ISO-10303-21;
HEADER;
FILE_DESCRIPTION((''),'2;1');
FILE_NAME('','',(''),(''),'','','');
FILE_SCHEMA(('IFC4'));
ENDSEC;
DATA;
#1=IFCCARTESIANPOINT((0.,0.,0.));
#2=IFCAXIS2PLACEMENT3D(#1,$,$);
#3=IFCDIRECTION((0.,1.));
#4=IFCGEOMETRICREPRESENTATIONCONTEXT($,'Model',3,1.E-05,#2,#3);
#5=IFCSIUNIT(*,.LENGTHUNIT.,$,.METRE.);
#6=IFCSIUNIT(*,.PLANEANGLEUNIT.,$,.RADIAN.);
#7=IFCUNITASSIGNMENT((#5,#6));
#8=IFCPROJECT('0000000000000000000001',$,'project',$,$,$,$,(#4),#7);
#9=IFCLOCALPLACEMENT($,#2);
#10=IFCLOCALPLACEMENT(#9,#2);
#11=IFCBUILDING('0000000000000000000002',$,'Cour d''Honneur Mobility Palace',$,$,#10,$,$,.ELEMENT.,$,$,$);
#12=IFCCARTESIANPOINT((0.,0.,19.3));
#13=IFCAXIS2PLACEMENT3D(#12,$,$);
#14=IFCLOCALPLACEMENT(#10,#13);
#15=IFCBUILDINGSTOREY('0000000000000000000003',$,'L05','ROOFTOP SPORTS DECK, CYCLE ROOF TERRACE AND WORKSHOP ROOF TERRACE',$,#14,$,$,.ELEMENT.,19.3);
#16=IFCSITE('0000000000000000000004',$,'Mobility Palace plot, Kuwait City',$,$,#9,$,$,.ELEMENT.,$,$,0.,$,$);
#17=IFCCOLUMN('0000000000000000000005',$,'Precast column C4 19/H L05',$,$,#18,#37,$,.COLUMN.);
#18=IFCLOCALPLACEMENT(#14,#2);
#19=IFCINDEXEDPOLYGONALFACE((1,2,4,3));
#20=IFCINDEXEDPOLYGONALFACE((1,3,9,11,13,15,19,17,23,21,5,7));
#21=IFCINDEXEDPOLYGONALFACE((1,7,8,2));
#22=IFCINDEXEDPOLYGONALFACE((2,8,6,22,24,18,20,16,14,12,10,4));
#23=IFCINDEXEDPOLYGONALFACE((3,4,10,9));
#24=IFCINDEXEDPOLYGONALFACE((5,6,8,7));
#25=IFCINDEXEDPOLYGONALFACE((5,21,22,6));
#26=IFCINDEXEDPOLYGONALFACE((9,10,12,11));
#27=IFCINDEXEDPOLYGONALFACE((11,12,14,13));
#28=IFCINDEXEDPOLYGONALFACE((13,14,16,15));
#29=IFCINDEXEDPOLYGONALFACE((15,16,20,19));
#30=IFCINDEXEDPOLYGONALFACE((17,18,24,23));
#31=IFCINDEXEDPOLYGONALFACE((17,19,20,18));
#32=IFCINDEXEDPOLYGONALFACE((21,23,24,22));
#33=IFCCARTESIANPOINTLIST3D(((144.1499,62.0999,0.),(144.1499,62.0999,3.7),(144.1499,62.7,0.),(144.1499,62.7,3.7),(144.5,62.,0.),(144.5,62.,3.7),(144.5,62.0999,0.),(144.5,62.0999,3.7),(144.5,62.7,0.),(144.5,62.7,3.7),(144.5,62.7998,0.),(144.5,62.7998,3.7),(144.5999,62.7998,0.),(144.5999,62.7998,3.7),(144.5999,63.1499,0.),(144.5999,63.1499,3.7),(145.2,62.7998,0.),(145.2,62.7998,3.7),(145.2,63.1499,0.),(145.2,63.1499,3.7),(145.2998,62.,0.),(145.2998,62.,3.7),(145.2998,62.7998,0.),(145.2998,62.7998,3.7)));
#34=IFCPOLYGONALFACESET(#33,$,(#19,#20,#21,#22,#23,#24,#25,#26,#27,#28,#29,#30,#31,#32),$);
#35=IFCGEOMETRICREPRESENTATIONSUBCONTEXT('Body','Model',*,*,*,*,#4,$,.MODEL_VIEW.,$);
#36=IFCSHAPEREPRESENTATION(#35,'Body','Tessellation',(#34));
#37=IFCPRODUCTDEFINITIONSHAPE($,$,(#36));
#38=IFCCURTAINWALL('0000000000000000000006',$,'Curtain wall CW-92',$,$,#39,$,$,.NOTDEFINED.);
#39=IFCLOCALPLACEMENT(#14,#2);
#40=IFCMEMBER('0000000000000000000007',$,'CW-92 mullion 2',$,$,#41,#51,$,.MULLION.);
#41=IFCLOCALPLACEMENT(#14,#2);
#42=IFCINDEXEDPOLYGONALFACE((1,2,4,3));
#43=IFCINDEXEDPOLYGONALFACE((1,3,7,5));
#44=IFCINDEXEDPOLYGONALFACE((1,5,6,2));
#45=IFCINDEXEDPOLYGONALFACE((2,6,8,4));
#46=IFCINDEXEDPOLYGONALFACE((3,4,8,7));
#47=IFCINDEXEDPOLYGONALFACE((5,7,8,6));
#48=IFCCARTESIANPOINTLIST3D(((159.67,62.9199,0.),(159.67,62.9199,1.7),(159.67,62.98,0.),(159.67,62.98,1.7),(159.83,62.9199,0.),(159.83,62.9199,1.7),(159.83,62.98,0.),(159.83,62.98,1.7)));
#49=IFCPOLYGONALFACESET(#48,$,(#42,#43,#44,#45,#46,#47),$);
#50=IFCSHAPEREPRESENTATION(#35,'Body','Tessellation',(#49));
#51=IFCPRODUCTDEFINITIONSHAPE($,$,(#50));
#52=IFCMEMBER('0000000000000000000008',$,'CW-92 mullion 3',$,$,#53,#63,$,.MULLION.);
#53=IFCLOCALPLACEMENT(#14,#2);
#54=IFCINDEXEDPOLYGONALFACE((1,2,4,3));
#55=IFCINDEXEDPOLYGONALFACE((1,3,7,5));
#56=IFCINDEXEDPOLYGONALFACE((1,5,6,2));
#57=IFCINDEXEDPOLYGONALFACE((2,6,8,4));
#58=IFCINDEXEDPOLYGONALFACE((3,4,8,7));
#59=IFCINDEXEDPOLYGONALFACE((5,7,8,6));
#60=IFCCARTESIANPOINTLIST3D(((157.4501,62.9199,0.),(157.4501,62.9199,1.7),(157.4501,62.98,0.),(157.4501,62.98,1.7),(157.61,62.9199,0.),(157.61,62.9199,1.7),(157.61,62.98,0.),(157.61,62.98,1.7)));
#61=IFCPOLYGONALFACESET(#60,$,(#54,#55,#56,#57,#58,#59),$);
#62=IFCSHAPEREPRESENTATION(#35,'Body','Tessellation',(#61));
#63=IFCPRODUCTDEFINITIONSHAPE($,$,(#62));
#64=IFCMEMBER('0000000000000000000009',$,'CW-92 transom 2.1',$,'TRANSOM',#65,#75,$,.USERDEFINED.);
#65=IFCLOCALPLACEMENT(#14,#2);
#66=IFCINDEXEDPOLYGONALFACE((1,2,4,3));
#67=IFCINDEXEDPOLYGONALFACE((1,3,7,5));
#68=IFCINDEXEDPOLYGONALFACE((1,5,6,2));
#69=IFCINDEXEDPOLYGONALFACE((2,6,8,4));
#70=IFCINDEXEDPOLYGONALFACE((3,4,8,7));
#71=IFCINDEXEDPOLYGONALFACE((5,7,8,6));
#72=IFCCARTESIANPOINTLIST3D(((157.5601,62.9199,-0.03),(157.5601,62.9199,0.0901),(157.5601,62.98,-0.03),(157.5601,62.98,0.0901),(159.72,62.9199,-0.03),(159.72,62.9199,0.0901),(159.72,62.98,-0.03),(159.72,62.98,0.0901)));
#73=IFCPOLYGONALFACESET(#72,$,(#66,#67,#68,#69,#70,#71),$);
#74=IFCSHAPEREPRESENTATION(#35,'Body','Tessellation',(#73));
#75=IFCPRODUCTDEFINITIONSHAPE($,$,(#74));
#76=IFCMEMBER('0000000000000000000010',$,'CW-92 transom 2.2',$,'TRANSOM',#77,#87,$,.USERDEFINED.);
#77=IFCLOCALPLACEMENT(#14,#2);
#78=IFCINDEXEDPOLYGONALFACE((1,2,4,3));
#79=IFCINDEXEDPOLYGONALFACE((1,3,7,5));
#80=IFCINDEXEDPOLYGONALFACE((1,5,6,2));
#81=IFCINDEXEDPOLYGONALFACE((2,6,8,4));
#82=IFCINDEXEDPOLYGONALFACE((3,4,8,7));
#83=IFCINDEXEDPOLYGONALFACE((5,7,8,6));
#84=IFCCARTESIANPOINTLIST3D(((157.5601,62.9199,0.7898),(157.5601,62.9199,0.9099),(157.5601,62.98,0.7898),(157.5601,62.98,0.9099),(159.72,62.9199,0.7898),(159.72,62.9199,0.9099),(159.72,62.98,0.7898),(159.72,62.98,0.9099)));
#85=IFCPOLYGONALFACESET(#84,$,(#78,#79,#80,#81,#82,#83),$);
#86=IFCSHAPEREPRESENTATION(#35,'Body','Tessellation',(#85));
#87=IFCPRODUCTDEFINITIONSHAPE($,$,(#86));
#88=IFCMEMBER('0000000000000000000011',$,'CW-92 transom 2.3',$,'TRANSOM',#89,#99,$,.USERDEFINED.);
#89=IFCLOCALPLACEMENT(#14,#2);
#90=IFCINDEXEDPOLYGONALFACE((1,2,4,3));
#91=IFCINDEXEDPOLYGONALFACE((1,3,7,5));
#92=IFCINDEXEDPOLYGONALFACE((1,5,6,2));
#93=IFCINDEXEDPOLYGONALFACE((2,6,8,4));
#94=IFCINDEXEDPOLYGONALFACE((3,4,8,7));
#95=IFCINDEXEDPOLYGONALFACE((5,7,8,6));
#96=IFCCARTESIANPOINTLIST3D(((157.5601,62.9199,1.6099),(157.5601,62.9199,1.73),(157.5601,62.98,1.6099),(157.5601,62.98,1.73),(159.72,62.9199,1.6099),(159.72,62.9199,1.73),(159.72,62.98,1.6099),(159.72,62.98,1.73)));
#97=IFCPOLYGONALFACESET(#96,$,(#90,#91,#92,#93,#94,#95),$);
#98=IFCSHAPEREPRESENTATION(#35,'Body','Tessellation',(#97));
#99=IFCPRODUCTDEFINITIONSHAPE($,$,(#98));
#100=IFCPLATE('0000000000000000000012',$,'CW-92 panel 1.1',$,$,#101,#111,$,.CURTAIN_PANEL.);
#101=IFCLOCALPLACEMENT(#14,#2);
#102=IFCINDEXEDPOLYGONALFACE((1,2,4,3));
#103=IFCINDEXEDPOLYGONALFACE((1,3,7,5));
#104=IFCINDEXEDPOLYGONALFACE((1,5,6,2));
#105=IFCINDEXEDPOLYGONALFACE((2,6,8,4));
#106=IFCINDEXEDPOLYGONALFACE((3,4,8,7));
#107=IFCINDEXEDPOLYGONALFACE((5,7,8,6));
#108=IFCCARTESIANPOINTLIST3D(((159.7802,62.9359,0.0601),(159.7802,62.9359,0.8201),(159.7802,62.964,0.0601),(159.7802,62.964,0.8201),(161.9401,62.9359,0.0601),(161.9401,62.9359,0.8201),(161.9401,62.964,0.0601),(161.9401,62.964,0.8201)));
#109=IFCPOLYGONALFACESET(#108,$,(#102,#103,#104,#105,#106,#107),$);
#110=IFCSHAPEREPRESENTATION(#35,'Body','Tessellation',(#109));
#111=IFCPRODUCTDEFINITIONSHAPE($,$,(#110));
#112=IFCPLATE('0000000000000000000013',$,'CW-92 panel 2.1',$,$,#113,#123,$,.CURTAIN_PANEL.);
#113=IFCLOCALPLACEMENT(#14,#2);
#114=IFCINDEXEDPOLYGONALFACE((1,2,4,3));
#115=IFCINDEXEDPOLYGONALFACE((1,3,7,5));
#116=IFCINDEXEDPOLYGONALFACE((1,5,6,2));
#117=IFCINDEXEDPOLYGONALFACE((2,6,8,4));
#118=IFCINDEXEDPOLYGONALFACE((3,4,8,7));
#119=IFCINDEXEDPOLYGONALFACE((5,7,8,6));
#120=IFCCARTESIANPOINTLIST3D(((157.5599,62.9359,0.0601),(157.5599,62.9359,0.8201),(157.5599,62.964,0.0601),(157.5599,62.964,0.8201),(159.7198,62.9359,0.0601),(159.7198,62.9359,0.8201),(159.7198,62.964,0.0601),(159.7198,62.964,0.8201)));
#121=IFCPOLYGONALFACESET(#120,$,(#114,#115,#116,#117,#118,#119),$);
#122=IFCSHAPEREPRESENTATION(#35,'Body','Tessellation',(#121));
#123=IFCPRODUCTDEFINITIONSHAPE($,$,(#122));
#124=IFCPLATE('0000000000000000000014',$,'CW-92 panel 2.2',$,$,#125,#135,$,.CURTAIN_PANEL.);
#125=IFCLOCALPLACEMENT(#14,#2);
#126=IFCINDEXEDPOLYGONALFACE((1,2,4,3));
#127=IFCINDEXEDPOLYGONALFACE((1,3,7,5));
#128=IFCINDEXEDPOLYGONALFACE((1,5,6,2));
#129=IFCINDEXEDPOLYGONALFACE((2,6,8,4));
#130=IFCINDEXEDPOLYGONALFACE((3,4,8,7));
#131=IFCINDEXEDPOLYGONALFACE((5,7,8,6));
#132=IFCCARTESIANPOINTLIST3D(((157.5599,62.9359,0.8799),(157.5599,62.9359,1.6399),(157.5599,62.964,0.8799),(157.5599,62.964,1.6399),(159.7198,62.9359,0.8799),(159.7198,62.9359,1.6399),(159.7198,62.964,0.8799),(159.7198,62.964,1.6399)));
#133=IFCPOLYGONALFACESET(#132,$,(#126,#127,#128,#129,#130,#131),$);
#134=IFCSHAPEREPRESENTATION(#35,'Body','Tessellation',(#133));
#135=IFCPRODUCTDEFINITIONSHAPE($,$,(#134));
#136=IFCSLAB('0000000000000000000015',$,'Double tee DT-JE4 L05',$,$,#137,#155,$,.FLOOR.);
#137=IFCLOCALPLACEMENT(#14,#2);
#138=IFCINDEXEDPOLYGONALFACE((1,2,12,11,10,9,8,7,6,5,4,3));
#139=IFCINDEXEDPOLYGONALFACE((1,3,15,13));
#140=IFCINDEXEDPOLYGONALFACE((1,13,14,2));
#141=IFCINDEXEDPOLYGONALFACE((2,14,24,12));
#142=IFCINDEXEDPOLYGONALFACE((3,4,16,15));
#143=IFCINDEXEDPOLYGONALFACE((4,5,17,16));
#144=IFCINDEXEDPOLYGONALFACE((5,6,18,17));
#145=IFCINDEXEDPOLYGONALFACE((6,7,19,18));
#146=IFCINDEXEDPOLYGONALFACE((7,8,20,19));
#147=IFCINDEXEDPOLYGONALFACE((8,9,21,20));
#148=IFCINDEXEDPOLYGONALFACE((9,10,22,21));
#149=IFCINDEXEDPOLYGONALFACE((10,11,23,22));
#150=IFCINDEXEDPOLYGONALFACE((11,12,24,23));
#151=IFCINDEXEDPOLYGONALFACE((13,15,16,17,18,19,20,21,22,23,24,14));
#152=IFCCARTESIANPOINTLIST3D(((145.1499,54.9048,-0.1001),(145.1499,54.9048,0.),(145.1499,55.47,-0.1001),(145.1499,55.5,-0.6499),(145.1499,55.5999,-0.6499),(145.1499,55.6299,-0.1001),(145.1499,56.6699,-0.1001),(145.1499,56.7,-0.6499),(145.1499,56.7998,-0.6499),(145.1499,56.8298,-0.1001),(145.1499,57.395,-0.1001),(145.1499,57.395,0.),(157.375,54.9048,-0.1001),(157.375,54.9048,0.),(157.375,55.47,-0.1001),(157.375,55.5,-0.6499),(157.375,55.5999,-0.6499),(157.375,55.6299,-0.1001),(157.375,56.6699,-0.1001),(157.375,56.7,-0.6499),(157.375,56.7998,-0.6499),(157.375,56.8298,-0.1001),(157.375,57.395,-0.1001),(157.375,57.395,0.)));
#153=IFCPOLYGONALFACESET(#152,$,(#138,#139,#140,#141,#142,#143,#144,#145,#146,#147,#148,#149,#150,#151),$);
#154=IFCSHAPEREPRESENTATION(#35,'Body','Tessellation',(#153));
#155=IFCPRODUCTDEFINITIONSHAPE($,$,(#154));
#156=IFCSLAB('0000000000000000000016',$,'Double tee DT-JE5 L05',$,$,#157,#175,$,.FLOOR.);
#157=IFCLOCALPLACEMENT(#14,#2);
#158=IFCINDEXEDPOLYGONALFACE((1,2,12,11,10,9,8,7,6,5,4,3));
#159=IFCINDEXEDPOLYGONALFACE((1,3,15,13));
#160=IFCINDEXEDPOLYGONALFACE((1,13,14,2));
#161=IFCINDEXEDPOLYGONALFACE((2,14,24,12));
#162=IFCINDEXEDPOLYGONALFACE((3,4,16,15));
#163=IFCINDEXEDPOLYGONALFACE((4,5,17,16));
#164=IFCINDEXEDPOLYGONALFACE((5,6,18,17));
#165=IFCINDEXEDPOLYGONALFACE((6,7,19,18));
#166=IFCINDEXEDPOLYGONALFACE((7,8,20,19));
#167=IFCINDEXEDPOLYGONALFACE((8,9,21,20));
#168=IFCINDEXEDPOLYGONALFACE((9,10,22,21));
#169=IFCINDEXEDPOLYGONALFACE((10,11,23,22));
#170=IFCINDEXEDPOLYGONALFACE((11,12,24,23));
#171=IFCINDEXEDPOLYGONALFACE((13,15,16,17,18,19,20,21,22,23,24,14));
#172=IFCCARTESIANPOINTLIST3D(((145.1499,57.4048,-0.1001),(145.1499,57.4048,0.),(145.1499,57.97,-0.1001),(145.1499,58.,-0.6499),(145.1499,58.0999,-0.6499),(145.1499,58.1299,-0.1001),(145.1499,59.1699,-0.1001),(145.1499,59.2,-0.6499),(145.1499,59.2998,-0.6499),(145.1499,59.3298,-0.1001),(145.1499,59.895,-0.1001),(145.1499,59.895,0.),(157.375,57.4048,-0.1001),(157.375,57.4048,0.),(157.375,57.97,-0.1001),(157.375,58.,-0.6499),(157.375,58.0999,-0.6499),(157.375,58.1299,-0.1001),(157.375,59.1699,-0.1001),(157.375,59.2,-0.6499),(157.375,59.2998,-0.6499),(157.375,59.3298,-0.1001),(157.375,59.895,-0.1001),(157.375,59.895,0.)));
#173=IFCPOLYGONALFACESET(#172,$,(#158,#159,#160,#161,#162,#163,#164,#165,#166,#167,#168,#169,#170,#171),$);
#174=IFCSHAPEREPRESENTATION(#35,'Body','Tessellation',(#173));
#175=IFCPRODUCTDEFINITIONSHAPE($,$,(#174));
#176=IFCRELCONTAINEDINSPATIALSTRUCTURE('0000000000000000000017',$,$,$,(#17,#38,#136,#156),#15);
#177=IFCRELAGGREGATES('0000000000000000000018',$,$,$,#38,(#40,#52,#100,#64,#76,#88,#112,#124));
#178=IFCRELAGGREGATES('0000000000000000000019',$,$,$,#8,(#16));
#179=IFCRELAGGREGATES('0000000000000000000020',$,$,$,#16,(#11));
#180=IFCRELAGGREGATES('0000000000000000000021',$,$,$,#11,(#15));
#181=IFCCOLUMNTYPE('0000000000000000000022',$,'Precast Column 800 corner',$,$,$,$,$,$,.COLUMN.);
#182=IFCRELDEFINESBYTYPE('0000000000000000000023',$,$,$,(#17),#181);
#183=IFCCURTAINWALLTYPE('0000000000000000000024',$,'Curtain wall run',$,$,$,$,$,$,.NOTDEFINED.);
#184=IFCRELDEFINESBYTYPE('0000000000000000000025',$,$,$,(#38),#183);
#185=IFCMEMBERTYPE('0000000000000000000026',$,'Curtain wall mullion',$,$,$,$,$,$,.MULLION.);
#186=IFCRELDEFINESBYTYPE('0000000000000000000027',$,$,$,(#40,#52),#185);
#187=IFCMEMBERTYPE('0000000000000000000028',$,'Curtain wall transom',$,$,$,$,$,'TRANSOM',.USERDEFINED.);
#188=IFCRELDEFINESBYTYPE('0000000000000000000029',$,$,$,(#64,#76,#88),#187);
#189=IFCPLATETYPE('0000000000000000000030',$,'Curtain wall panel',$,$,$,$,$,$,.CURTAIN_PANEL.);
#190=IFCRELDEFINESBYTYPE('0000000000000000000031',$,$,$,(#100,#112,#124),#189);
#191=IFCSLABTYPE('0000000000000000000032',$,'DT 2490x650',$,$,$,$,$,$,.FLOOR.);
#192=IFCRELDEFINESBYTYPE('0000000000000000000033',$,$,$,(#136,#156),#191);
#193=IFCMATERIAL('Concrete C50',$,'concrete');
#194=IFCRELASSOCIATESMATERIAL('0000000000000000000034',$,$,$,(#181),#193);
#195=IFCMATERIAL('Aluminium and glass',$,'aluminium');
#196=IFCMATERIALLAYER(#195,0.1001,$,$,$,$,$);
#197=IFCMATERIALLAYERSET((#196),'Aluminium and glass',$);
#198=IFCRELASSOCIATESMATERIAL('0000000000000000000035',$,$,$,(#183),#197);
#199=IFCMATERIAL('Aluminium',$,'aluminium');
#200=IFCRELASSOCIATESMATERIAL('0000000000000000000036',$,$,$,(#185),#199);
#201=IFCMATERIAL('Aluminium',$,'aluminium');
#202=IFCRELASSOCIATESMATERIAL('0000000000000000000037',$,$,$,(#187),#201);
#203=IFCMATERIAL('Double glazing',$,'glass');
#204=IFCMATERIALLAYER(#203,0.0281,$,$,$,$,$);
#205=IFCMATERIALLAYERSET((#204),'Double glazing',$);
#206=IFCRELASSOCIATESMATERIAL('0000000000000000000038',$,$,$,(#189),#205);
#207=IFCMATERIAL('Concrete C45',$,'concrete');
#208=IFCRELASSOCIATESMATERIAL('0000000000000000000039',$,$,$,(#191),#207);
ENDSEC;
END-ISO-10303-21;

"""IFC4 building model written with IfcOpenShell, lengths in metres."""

from ifc_helpers import new_model, si_unit, direction, frame, origin, origin_2d, place, context, subcontext, project, spatial, polyline, rectangle, outline, extrude, material, layer, layer_set, material_profile, profile_set, type_object, element, aggregate, save


model = new_model("IFC4")

# Units and contexts
model_context = context("Model", 3, precision=1e-05, world=origin(), true_north=direction((0.0, 1.0)))
body_context = subcontext(model_context, "Body", "Model", "MODEL_VIEW")
ifc_project = project(units=[si_unit("LENGTHUNIT", "METRE"), si_unit("PLANEANGLEUNIT", "RADIAN")], contexts=[model_context])

# Site, building, storey
site_placement = place(None, origin())
site = spatial("IfcSite", under=ifc_project, at=site_placement, Name="Mobility Palace plot, Kuwait City", CompositionType="ELEMENT", RefElevation=0.0)
building_placement = place(site_placement, origin())
building = spatial("IfcBuilding", under=site, at=building_placement, Name="Cour d'Honneur Mobility Palace", CompositionType="ELEMENT")
storey_placement = place(building_placement, frame((0.0, 0.0, 19.3)))
storey = spatial("IfcBuildingStorey", under=building, at=storey_placement, Name="L05", Description="ROOFTOP SPORTS DECK, CYCLE ROOF TERRACE AND WORKSHOP ROOF TERRACE", CompositionType="ELEMENT", Elevation=19.3)

# Column
ifc_material_1 = material(Name="Concrete C50", Category="concrete")
ifc_material_profile_1 = material_profile(ifc_material_1, outline(polyline([(-0.3999, -0.3999), (0.3999, -0.3999), (0.3999, -0.3), (0.75, -0.3), (0.75, 0.3), (0.3999, 0.3), (0.3999, 0.3999), (0.3, 0.3999), (0.3, 0.75), (-0.3, 0.75), (-0.3, 0.3999), (-0.3999, 0.3999), (-0.3999, -0.3999)])), Name="PC C800 corner")
ifc_profile_set_1 = profile_set([ifc_material_profile_1], Name="Concrete C50")
column_type = type_object("IfcColumnType", Name="Precast Column 800 corner", PredefinedType="COLUMN", material=ifc_profile_set_1)
column_placement = place(storey_placement, frame((144.8999, 62.3999, 0.0), z_axis=(0.0, 0.0, 1.0), x_axis=(0.0, 1.0, 0.0)))
element("IfcColumn", 1, at=column_placement, inside=storey, type_object=column_type, Name="Precast column C4 19/H L05", PredefinedType="COLUMN", context=body_context, shape_type="SweptSolid", body=[
    extrude(outline(polyline([(-0.3999, -0.3999), (0.3999, -0.3999), (0.3999, -0.3), (0.75, -0.3), (0.75, 0.3), (0.3999, 0.3), (0.3999, 0.3999), (0.3, 0.3999), (0.3, 0.75), (-0.3, 0.75), (-0.3, 0.3999), (-0.3999, 0.3999), (-0.3999, -0.3999)])), origin(), (0.0, 0.0, 1.0), 3.7),
])

# Curtain wall, members, plates
ifc_material_2 = material(Name="Aluminium and glass", Category="aluminium")
ifc_layer_1 = layer(ifc_material_2, 0.1001)
ifc_layer_set_1 = layer_set([ifc_layer_1], Name="Aluminium and glass")
curtain_wall_type = type_object("IfcCurtainWallType", Name="Curtain wall run", PredefinedType="NOTDEFINED", material=ifc_layer_set_1)
curtain_wall_placement = place(storey_placement, origin())
curtain_wall = element("IfcCurtainWall", 2, at=curtain_wall_placement, inside=storey, type_object=curtain_wall_type, Name="Curtain wall CW-92", PredefinedType="NOTDEFINED")
ifc_material_3 = material(Name="Aluminium", Category="aluminium")
ifc_material_profile_2 = material_profile(ifc_material_3, rectangle(XDim=0.0601, YDim=0.1599, at=origin_2d()), Name="Curtain wall mullion")
ifc_profile_set_2 = profile_set([ifc_material_profile_2], Name="Aluminium")
member_type_1 = type_object("IfcMemberType", Name="Curtain wall mullion", PredefinedType="MULLION", material=ifc_profile_set_2)
member_1_placement = place(storey_placement, frame((159.75, 62.95, 0.0), z_axis=(0.0, 0.0, 1.0), x_axis=(0.0, -1.0, 0.0)))
member_1 = element("IfcMember", 3, at=member_1_placement, type_object=member_type_1, Name="CW-92 mullion 2", PredefinedType="MULLION", context=body_context, shape_type="SweptSolid", body=[
    extrude(rectangle(XDim=0.0601, YDim=0.1599, at=origin_2d()), origin(), (0.0, 0.0, 1.0), 1.7),
])
member_2_placement = place(storey_placement, frame((157.53, 62.95, 0.0), z_axis=(0.0, 0.0, 1.0), x_axis=(0.0, -1.0, 0.0)))
member_2 = element("IfcMember", 4, at=member_2_placement, type_object=member_type_1, Name="CW-92 mullion 3", PredefinedType="MULLION", context=body_context, shape_type="SweptSolid", body=[
    extrude(rectangle(XDim=0.0601, YDim=0.1599, at=origin_2d()), origin(), (0.0, 0.0, 1.0), 1.7),
])
ifc_material_4 = material(Name="Aluminium", Category="aluminium")
ifc_material_profile_3 = material_profile(ifc_material_4, rectangle(XDim=0.0601, YDim=0.1201, at=origin_2d()), Name="Curtain wall transom")
ifc_profile_set_3 = profile_set([ifc_material_profile_3], Name="Aluminium")
member_type_2 = type_object("IfcMemberType", Name="Curtain wall transom", ElementType="TRANSOM", PredefinedType="USERDEFINED", material=ifc_profile_set_3)
member_3_placement = place(storey_placement, frame((159.72, 62.95, 0.03), z_axis=(-1.0, 0.0, 0.0), x_axis=(0.0, -1.0, 0.0)))
member_3 = element("IfcMember", 5, at=member_3_placement, type_object=member_type_2, Name="CW-92 transom 2.1", ObjectType="TRANSOM", PredefinedType="USERDEFINED", context=body_context, shape_type="SweptSolid", body=[
    extrude(rectangle(XDim=0.0601, YDim=0.1201, at=origin_2d()), origin(), (0.0, 0.0, 1.0), 2.1599),
])
member_4_placement = place(storey_placement, frame((159.72, 62.95, 0.8499), z_axis=(-1.0, 0.0, 0.0), x_axis=(0.0, -1.0, 0.0)))
member_4 = element("IfcMember", 6, at=member_4_placement, type_object=member_type_2, Name="CW-92 transom 2.2", ObjectType="TRANSOM", PredefinedType="USERDEFINED", context=body_context, shape_type="SweptSolid", body=[
    extrude(rectangle(XDim=0.0601, YDim=0.1201, at=origin_2d()), origin(), (0.0, 0.0, 1.0), 2.1599),
])
member_5_placement = place(storey_placement, frame((159.72, 62.95, 1.6699), z_axis=(-1.0, 0.0, 0.0), x_axis=(0.0, -1.0, 0.0)))
member_5 = element("IfcMember", 7, at=member_5_placement, type_object=member_type_2, Name="CW-92 transom 2.3", ObjectType="TRANSOM", PredefinedType="USERDEFINED", context=body_context, shape_type="SweptSolid", body=[
    extrude(rectangle(XDim=0.0601, YDim=0.1201, at=origin_2d()), origin(), (0.0, 0.0, 1.0), 2.1599),
])
ifc_material_5 = material(Name="Double glazing", Category="glass")
ifc_layer_2 = layer(ifc_material_5, 0.0281)
ifc_layer_set_2 = layer_set([ifc_layer_2], Name="Double glazing")
plate_type = type_object("IfcPlateType", Name="Curtain wall panel", PredefinedType="CURTAIN_PANEL", material=ifc_layer_set_2)
plate_1_placement = place(storey_placement, frame((160.8601, 62.95, 0.0601), z_axis=(0.0, 0.0, 1.0), x_axis=(-1.0, 0.0, 0.0)))
plate_1 = element("IfcPlate", 8, at=plate_1_placement, type_object=plate_type, Name="CW-92 panel 1.1", PredefinedType="CURTAIN_PANEL", context=body_context, shape_type="SweptSolid", body=[
    extrude(rectangle(XDim=2.1599, YDim=0.0281, at=origin_2d()), origin(), (0.0, 0.0, 1.0), 0.76),
])
plate_2_placement = place(storey_placement, frame((158.6399, 62.95, 0.0601), z_axis=(0.0, 0.0, 1.0), x_axis=(-1.0, 0.0, 0.0)))
plate_2 = element("IfcPlate", 9, at=plate_2_placement, type_object=plate_type, Name="CW-92 panel 2.1", PredefinedType="CURTAIN_PANEL", context=body_context, shape_type="SweptSolid", body=[
    extrude(rectangle(XDim=2.1599, YDim=0.0281, at=origin_2d()), origin(), (0.0, 0.0, 1.0), 0.76),
])
plate_3_placement = place(storey_placement, frame((158.6399, 62.95, 0.8799), z_axis=(0.0, 0.0, 1.0), x_axis=(-1.0, 0.0, 0.0)))
plate_3 = element("IfcPlate", 10, at=plate_3_placement, type_object=plate_type, Name="CW-92 panel 2.2", PredefinedType="CURTAIN_PANEL", context=body_context, shape_type="SweptSolid", body=[
    extrude(rectangle(XDim=2.1599, YDim=0.0281, at=origin_2d()), origin(), (0.0, 0.0, 1.0), 0.76),
])
aggregate(curtain_wall, [member_1, member_2, plate_1, member_3, member_4, member_5, plate_2, plate_3])

# Slabs
ifc_material_6 = material(Name="Concrete C45", Category="concrete")
ifc_material_profile_4 = material_profile(ifc_material_6, outline(polyline([(-1.2451, 0.0), (1.2451, 0.0), (1.2451, -0.1001), (0.6799, -0.1001), (0.6499, -0.6499), (0.55, -0.6499), (0.52, -0.1001), (-0.52, -0.1001), (-0.55, -0.6499), (-0.6499, -0.6499), (-0.6799, -0.1001), (-1.2451, -0.1001), (-1.2451, 0.0)])), Name="DT 2490x650")
ifc_profile_set_4 = profile_set([ifc_material_profile_4], Name="Concrete C45")
slab_type = type_object("IfcSlabType", Name="DT 2490x650", PredefinedType="FLOOR", material=ifc_profile_set_4)
for number, where, z_axis, x_axis, name in (
    (11, (145.1499, 56.1499, 0.0), (1.0, 0.0, 0.0), (0.0, 1.0, 0.0), "Double tee DT-JE4 L05"),
    (12, (145.1499, 58.6499, 0.0), (1.0, 0.0, 0.0), (0.0, 1.0, 0.0), "Double tee DT-JE5 L05"),
):
    element("IfcSlab", number, at=place(storey_placement, frame(where, z_axis=z_axis, x_axis=x_axis)), inside=storey, type_object=slab_type, Name=name, PredefinedType="FLOOR", context=body_context, shape_type="SweptSolid", body=[
        extrude(outline(polyline([(-1.2451, 0.0), (1.2451, 0.0), (1.2451, -0.1001), (0.6799, -0.1001), (0.6499, -0.6499), (0.55, -0.6499), (0.52, -0.1001), (-0.52, -0.1001), (-0.55, -0.6499), (-0.6499, -0.6499), (-0.6799, -0.1001), (-1.2451, -0.1001), (-1.2451, 0.0)])), origin(), (0.0, 0.0, 1.0), 12.2251),
    ])

save(model, "model.ifc")
